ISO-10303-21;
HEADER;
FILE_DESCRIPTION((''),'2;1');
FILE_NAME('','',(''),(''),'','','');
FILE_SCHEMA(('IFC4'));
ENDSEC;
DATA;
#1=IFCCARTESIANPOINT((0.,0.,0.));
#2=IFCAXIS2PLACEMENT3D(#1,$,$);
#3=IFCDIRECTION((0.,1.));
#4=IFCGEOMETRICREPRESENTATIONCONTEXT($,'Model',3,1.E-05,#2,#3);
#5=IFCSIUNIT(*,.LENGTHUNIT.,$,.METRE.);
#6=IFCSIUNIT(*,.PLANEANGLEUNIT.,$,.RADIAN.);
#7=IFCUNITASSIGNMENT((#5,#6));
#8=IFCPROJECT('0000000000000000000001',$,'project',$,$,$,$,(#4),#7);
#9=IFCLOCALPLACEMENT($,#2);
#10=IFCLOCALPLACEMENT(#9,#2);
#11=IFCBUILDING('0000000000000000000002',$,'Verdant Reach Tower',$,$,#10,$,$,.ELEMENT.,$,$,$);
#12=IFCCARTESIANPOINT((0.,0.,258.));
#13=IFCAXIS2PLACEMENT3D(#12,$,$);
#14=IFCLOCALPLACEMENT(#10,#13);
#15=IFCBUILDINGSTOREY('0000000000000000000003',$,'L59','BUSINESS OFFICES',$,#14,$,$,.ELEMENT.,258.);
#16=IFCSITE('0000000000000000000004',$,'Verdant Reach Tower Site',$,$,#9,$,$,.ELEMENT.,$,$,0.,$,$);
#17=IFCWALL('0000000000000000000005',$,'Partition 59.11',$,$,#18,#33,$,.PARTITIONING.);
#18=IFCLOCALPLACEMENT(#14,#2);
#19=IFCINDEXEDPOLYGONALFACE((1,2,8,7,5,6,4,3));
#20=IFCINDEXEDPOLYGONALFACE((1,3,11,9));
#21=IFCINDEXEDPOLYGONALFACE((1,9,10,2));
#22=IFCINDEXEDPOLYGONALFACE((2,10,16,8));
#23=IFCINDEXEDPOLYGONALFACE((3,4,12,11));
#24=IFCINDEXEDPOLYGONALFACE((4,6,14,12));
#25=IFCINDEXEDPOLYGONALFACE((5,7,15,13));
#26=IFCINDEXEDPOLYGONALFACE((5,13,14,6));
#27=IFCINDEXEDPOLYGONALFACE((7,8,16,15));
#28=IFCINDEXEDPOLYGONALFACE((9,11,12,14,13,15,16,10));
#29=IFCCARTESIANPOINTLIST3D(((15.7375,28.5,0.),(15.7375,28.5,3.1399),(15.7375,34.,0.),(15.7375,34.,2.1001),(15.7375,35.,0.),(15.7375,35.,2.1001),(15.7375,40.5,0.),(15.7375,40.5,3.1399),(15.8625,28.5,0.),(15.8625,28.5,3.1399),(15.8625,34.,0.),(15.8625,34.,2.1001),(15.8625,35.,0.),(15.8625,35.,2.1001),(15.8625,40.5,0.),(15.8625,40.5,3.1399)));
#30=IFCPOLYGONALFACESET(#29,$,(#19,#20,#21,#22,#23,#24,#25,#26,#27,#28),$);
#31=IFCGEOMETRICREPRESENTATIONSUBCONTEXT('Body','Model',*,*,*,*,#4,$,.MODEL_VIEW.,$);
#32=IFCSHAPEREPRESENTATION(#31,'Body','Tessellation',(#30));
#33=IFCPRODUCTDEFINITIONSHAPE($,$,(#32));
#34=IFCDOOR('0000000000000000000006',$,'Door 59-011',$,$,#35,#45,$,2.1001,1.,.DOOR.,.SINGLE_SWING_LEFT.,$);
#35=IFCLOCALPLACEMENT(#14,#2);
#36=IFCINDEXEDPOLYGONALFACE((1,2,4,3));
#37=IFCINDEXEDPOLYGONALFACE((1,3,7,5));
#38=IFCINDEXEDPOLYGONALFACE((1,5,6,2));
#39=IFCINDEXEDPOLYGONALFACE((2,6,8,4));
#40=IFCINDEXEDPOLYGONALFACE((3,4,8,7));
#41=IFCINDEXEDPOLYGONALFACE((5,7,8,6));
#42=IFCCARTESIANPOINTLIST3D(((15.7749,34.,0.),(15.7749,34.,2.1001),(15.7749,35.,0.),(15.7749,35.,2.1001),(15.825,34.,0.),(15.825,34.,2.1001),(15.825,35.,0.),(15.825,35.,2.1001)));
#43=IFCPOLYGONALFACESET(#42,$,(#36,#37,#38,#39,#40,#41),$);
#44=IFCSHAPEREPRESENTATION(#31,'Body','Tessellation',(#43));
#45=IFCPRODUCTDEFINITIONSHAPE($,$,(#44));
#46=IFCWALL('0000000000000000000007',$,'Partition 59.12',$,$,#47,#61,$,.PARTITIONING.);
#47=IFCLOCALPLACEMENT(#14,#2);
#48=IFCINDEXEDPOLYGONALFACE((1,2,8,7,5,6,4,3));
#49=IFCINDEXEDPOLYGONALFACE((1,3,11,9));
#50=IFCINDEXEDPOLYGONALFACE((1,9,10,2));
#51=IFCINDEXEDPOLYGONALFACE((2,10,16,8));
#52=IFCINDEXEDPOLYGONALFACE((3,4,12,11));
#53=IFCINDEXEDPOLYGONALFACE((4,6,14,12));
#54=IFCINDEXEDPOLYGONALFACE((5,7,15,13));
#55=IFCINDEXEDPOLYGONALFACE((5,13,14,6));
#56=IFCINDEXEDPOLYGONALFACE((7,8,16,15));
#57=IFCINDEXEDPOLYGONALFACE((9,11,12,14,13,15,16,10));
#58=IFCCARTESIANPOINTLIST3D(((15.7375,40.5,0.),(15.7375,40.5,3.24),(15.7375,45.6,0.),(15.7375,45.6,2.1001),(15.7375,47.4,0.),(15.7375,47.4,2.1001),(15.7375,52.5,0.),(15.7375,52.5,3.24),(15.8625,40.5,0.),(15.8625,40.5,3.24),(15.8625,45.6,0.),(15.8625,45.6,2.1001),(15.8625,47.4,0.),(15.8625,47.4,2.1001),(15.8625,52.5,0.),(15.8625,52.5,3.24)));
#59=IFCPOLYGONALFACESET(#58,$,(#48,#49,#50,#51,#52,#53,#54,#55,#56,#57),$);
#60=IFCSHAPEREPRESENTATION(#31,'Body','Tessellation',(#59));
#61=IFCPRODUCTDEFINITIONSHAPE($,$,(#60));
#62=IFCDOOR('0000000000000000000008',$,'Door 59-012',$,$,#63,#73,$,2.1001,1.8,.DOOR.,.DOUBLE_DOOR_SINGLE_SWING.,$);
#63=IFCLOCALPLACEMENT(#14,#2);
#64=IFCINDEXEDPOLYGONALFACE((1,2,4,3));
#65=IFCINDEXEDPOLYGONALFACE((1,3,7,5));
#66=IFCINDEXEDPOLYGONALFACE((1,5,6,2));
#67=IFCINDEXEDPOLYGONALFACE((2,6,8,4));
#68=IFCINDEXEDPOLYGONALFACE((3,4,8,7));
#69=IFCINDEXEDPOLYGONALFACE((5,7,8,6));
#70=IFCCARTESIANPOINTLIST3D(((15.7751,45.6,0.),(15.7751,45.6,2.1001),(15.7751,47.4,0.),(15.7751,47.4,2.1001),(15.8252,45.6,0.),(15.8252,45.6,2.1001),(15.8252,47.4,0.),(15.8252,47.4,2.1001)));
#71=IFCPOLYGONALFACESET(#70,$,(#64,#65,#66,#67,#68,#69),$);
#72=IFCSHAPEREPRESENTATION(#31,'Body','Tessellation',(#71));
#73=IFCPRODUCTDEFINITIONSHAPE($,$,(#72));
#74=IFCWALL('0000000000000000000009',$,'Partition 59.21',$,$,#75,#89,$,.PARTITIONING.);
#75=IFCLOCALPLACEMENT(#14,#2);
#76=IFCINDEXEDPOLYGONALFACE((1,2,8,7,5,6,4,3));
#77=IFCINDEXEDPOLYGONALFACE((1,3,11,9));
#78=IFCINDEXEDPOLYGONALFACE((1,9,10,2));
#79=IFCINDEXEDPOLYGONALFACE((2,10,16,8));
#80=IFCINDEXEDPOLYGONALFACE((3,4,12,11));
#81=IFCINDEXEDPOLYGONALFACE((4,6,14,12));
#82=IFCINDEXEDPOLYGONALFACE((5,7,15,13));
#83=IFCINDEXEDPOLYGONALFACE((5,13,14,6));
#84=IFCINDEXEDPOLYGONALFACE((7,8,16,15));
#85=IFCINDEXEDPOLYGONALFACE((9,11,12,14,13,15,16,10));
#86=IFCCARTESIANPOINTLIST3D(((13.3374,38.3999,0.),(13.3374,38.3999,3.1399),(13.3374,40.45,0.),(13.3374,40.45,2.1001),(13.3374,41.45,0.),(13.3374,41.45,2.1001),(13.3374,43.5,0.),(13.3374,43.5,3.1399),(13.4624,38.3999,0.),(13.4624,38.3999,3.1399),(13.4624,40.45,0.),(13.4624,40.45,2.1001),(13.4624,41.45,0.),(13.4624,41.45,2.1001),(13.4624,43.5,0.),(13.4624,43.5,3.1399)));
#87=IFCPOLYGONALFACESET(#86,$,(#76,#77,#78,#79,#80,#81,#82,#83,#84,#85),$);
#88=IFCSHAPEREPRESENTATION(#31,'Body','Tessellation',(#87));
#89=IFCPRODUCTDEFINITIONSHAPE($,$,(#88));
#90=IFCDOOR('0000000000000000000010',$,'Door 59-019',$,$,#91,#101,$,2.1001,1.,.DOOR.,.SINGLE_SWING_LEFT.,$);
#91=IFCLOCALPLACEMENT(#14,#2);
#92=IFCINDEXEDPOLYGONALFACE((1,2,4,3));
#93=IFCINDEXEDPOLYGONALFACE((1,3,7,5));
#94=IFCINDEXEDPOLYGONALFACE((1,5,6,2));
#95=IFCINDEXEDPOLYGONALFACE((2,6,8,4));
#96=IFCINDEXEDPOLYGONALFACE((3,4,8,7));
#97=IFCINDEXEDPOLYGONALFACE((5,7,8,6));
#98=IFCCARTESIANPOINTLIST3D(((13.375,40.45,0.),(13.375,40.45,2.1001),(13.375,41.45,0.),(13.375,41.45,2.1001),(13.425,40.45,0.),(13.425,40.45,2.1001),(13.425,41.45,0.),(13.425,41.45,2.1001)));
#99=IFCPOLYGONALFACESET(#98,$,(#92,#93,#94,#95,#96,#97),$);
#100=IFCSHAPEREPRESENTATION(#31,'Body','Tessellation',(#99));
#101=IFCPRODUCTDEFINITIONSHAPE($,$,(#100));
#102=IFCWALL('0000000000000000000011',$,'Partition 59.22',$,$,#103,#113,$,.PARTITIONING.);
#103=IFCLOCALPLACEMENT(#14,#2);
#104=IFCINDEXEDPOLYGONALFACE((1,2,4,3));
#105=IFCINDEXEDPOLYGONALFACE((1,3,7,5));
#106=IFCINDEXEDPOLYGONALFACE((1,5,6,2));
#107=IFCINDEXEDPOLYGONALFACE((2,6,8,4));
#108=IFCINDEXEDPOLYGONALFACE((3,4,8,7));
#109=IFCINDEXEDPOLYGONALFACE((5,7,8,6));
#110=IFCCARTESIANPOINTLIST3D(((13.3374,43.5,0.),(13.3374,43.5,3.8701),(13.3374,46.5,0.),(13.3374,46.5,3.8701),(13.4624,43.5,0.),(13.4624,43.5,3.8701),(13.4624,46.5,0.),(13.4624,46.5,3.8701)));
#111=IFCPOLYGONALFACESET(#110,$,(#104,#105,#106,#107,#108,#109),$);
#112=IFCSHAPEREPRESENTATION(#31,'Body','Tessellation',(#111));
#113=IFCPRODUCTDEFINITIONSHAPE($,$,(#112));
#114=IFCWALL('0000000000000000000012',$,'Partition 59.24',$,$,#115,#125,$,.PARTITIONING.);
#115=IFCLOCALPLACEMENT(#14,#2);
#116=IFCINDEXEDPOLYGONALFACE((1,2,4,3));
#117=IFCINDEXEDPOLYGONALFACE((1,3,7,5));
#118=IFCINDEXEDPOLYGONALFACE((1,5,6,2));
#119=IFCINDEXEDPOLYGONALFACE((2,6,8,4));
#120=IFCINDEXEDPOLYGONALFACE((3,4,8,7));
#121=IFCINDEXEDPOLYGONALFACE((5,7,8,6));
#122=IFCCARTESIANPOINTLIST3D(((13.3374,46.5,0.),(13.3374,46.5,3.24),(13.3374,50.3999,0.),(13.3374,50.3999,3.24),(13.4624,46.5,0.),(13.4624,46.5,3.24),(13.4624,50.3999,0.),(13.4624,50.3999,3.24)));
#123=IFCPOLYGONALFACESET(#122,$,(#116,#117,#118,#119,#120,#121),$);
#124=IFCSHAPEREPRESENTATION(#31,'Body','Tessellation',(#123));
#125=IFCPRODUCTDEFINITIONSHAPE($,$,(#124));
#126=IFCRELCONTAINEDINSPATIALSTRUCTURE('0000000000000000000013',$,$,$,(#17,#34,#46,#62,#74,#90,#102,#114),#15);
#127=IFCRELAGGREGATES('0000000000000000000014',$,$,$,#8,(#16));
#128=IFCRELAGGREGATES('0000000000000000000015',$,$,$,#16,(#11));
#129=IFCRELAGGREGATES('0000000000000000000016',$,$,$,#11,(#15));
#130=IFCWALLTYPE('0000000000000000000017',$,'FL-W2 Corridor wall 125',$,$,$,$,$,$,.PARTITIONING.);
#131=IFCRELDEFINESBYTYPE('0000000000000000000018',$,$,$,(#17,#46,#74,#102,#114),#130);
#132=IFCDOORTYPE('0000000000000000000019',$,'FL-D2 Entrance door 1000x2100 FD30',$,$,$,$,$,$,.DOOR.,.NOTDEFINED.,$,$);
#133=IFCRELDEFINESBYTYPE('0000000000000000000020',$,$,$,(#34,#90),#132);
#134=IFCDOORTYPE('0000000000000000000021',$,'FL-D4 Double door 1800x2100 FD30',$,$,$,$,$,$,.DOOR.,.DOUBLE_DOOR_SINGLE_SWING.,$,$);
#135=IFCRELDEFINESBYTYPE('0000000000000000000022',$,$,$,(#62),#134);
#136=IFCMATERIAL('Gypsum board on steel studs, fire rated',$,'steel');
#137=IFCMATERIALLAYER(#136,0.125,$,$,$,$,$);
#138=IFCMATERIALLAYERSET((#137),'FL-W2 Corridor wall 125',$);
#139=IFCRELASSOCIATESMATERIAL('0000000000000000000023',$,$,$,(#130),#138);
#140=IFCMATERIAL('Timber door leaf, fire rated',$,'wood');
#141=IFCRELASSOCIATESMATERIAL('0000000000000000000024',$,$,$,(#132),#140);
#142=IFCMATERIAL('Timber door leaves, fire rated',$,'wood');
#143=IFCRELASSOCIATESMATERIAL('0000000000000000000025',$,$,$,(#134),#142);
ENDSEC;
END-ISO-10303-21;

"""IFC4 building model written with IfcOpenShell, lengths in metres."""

from ifc_helpers import new_model, si_unit, direction, frame, frame_2d, origin, place, context, subcontext, project, spatial, rectangle, extrude, material, layer, layer_set, type_object, element, fill, save


model = new_model("IFC4")

# Units and contexts
model_context = context("Model", 3, precision=1e-05, world=origin(), true_north=direction((0.0, 1.0)))
body_context = subcontext(model_context, "Body", "Model", "MODEL_VIEW")
ifc_project = project(units=[si_unit("LENGTHUNIT", "METRE"), si_unit("PLANEANGLEUNIT", "RADIAN")], contexts=[model_context])

# Site, building, storey
site_placement = place(None, origin())
site = spatial("IfcSite", under=ifc_project, at=site_placement, Name="Verdant Reach Tower Site", CompositionType="ELEMENT", RefElevation=0.0)
building_placement = place(site_placement, origin())
building = spatial("IfcBuilding", under=site, at=building_placement, Name="Verdant Reach Tower", CompositionType="ELEMENT")
storey_placement = place(building_placement, frame((0.0, 0.0, 258.0)))
storey = spatial("IfcBuildingStorey", under=building, at=storey_placement, Name="L59", Description="BUSINESS OFFICES", CompositionType="ELEMENT", Elevation=258.0)

# Walls, openings, doors
ifc_material_1 = material(Name="Gypsum board on steel studs, fire rated", Category="steel")
ifc_layer_1 = layer(ifc_material_1, 0.125)
ifc_layer_set_1 = layer_set([ifc_layer_1], Name="FL-W2 Corridor wall 125")
wall_type_1 = type_object("IfcWallType", Name="FL-W2 Corridor wall 125", PredefinedType="PARTITIONING", material=ifc_layer_set_1)
wall_1_placement = place(storey_placement, frame((15.8, 40.5, 0.0), z_axis=(0.0, 0.0, 1.0), x_axis=(0.0, -1.0, 0.0)))
wall_1 = element("IfcWall", 1, at=wall_1_placement, inside=storey, type_object=wall_type_1, Name="Partition 59.11", PredefinedType="PARTITIONING", context=body_context, shape_type="SweptSolid", body=[
    extrude(rectangle(XDim=12.0, YDim=0.125, at=frame_2d((6.0, 0.0))), origin(), (0.0, 0.0, 1.0), 3.1399),
])
opening_1_placement = place(wall_1_placement, frame((5.5, 0.0, 0.0)))
opening_1 = element("IfcOpeningElement", 2, at=opening_1_placement, cuts=wall_1, PredefinedType="OPENING", context=body_context, shape_type="SweptSolid", body=[
    extrude(rectangle(XDim=1.0, YDim=2.1001, at=frame_2d((0.5, 1.05))), frame((0.0, 0.0725, 0.0), z_axis=(0.0, -1.0, 0.0), x_axis=(1.0, 0.0, 0.0)), (0.0, 0.0, 1.0), 0.145),
])
ifc_material_2 = material(Name="Timber door leaf, fire rated", Category="wood")
door_type_1 = type_object("IfcDoorType", Name="FL-D2 Entrance door 1000x2100 FD30", OperationType="NOTDEFINED", PredefinedType="DOOR", material=ifc_material_2)
door_1_placement = place(opening_1_placement, origin())
door_1 = element("IfcDoor", 3, at=door_1_placement, inside=storey, type_object=door_type_1, Name="Door 59-011", OperationType="SINGLE_SWING_LEFT", OverallHeight=2.1001, OverallWidth=1.0, PredefinedType="DOOR", context=body_context, shape_type="SweptSolid", body=[
    extrude(rectangle(XDim=1.0, YDim=2.1001, at=frame_2d((0.5, 1.05))), frame((0.0, 0.0249, 0.0), z_axis=(0.0, -1.0, 0.0), x_axis=(1.0, 0.0, 0.0)), (0.0, 0.0, 1.0), 0.05),
])
fill(opening_1, door_1)
wall_2_placement = place(storey_placement, frame((15.8, 40.5, 0.0), z_axis=(0.0, 0.0, 1.0), x_axis=(0.0, 1.0, 0.0)))
wall_2 = element("IfcWall", 4, at=wall_2_placement, inside=storey, type_object=wall_type_1, Name="Partition 59.12", PredefinedType="PARTITIONING", context=body_context, shape_type="SweptSolid", body=[
    extrude(rectangle(XDim=12.0, YDim=0.125, at=frame_2d((6.0, 0.0))), origin(), (0.0, 0.0, 1.0), 3.24),
])
opening_2_placement = place(wall_2_placement, frame((5.1001, 0.0, 0.0)))
opening_2 = element("IfcOpeningElement", 5, at=opening_2_placement, cuts=wall_2, PredefinedType="OPENING", context=body_context, shape_type="SweptSolid", body=[
    extrude(rectangle(XDim=1.8, YDim=2.1001, at=frame_2d((0.8999, 1.05))), frame((0.0, 0.0725, 0.0), z_axis=(0.0, -1.0, 0.0), x_axis=(1.0, 0.0, 0.0)), (0.0, 0.0, 1.0), 0.145),
])
ifc_material_3 = material(Name="Timber door leaves, fire rated", Category="wood")
door_type_2 = type_object("IfcDoorType", Name="FL-D4 Double door 1800x2100 FD30", OperationType="DOUBLE_DOOR_SINGLE_SWING", PredefinedType="DOOR", material=ifc_material_3)
door_2_placement = place(opening_2_placement, origin())
door_2 = element("IfcDoor", 6, at=door_2_placement, inside=storey, type_object=door_type_2, Name="Door 59-012", OperationType="DOUBLE_DOOR_SINGLE_SWING", OverallHeight=2.1001, OverallWidth=1.8, PredefinedType="DOOR", context=body_context, shape_type="SweptSolid", body=[
    extrude(rectangle(XDim=1.8, YDim=2.1001, at=frame_2d((0.8999, 1.05))), frame((0.0, 0.0249, 0.0), z_axis=(0.0, -1.0, 0.0), x_axis=(1.0, 0.0, 0.0)), (0.0, 0.0, 1.0), 0.05),
])
fill(opening_2, door_2)
wall_3_placement = place(storey_placement, frame((13.3999, 38.3999, 0.0), z_axis=(0.0, 0.0, 1.0), x_axis=(0.0, 1.0, 0.0)))
wall_3 = element("IfcWall", 7, at=wall_3_placement, inside=storey, type_object=wall_type_1, Name="Partition 59.21", PredefinedType="PARTITIONING", context=body_context, shape_type="SweptSolid", body=[
    extrude(rectangle(XDim=5.1001, YDim=0.125, at=frame_2d((2.55, 0.0))), origin(), (0.0, 0.0, 1.0), 3.1399),
])
opening_3_placement = place(wall_3_placement, frame((2.05, 0.0, 0.0)))
opening_3 = element("IfcOpeningElement", 8, at=opening_3_placement, cuts=wall_3, PredefinedType="OPENING", context=body_context, shape_type="SweptSolid", body=[
    extrude(rectangle(XDim=1.0, YDim=2.1001, at=frame_2d((0.5, 1.05))), frame((0.0, 0.0725, 0.0), z_axis=(0.0, -1.0, 0.0), x_axis=(1.0, 0.0, 0.0)), (0.0, 0.0, 1.0), 0.145),
])
door_3_placement = place(opening_3_placement, origin())
door_3 = element("IfcDoor", 9, at=door_3_placement, inside=storey, type_object=door_type_1, Name="Door 59-019", OperationType="SINGLE_SWING_LEFT", OverallHeight=2.1001, OverallWidth=1.0, PredefinedType="DOOR", context=body_context, shape_type="SweptSolid", body=[
    extrude(rectangle(XDim=1.0, YDim=2.1001, at=frame_2d((0.5, 1.05))), frame((0.0, 0.0249, 0.0), z_axis=(0.0, -1.0, 0.0), x_axis=(1.0, 0.0, 0.0)), (0.0, 0.0, 1.0), 0.05),
])
fill(opening_3, door_3)

# Walls
wall_4_placement = place(storey_placement, frame((13.3999, 43.5, 0.0), z_axis=(0.0, 0.0, 1.0), x_axis=(0.0, 1.0, 0.0)))
element("IfcWall", 10, at=wall_4_placement, inside=storey, type_object=wall_type_1, Name="Partition 59.22", PredefinedType="PARTITIONING", context=body_context, shape_type="SweptSolid", body=[
    extrude(rectangle(XDim=3.0, YDim=0.125, at=frame_2d((1.5, 0.0))), origin(), (0.0, 0.0, 1.0), 3.8701),
])
wall_5_placement = place(storey_placement, frame((13.3999, 46.5, 0.0), z_axis=(0.0, 0.0, 1.0), x_axis=(0.0, 1.0, 0.0)))
element("IfcWall", 11, at=wall_5_placement, inside=storey, type_object=wall_type_1, Name="Partition 59.24", PredefinedType="PARTITIONING", context=body_context, shape_type="SweptSolid", body=[
    extrude(rectangle(XDim=3.8999, YDim=0.125, at=frame_2d((1.95, 0.0))), origin(), (0.0, 0.0, 1.0), 3.24),
])

save(model, "model.ifc")
